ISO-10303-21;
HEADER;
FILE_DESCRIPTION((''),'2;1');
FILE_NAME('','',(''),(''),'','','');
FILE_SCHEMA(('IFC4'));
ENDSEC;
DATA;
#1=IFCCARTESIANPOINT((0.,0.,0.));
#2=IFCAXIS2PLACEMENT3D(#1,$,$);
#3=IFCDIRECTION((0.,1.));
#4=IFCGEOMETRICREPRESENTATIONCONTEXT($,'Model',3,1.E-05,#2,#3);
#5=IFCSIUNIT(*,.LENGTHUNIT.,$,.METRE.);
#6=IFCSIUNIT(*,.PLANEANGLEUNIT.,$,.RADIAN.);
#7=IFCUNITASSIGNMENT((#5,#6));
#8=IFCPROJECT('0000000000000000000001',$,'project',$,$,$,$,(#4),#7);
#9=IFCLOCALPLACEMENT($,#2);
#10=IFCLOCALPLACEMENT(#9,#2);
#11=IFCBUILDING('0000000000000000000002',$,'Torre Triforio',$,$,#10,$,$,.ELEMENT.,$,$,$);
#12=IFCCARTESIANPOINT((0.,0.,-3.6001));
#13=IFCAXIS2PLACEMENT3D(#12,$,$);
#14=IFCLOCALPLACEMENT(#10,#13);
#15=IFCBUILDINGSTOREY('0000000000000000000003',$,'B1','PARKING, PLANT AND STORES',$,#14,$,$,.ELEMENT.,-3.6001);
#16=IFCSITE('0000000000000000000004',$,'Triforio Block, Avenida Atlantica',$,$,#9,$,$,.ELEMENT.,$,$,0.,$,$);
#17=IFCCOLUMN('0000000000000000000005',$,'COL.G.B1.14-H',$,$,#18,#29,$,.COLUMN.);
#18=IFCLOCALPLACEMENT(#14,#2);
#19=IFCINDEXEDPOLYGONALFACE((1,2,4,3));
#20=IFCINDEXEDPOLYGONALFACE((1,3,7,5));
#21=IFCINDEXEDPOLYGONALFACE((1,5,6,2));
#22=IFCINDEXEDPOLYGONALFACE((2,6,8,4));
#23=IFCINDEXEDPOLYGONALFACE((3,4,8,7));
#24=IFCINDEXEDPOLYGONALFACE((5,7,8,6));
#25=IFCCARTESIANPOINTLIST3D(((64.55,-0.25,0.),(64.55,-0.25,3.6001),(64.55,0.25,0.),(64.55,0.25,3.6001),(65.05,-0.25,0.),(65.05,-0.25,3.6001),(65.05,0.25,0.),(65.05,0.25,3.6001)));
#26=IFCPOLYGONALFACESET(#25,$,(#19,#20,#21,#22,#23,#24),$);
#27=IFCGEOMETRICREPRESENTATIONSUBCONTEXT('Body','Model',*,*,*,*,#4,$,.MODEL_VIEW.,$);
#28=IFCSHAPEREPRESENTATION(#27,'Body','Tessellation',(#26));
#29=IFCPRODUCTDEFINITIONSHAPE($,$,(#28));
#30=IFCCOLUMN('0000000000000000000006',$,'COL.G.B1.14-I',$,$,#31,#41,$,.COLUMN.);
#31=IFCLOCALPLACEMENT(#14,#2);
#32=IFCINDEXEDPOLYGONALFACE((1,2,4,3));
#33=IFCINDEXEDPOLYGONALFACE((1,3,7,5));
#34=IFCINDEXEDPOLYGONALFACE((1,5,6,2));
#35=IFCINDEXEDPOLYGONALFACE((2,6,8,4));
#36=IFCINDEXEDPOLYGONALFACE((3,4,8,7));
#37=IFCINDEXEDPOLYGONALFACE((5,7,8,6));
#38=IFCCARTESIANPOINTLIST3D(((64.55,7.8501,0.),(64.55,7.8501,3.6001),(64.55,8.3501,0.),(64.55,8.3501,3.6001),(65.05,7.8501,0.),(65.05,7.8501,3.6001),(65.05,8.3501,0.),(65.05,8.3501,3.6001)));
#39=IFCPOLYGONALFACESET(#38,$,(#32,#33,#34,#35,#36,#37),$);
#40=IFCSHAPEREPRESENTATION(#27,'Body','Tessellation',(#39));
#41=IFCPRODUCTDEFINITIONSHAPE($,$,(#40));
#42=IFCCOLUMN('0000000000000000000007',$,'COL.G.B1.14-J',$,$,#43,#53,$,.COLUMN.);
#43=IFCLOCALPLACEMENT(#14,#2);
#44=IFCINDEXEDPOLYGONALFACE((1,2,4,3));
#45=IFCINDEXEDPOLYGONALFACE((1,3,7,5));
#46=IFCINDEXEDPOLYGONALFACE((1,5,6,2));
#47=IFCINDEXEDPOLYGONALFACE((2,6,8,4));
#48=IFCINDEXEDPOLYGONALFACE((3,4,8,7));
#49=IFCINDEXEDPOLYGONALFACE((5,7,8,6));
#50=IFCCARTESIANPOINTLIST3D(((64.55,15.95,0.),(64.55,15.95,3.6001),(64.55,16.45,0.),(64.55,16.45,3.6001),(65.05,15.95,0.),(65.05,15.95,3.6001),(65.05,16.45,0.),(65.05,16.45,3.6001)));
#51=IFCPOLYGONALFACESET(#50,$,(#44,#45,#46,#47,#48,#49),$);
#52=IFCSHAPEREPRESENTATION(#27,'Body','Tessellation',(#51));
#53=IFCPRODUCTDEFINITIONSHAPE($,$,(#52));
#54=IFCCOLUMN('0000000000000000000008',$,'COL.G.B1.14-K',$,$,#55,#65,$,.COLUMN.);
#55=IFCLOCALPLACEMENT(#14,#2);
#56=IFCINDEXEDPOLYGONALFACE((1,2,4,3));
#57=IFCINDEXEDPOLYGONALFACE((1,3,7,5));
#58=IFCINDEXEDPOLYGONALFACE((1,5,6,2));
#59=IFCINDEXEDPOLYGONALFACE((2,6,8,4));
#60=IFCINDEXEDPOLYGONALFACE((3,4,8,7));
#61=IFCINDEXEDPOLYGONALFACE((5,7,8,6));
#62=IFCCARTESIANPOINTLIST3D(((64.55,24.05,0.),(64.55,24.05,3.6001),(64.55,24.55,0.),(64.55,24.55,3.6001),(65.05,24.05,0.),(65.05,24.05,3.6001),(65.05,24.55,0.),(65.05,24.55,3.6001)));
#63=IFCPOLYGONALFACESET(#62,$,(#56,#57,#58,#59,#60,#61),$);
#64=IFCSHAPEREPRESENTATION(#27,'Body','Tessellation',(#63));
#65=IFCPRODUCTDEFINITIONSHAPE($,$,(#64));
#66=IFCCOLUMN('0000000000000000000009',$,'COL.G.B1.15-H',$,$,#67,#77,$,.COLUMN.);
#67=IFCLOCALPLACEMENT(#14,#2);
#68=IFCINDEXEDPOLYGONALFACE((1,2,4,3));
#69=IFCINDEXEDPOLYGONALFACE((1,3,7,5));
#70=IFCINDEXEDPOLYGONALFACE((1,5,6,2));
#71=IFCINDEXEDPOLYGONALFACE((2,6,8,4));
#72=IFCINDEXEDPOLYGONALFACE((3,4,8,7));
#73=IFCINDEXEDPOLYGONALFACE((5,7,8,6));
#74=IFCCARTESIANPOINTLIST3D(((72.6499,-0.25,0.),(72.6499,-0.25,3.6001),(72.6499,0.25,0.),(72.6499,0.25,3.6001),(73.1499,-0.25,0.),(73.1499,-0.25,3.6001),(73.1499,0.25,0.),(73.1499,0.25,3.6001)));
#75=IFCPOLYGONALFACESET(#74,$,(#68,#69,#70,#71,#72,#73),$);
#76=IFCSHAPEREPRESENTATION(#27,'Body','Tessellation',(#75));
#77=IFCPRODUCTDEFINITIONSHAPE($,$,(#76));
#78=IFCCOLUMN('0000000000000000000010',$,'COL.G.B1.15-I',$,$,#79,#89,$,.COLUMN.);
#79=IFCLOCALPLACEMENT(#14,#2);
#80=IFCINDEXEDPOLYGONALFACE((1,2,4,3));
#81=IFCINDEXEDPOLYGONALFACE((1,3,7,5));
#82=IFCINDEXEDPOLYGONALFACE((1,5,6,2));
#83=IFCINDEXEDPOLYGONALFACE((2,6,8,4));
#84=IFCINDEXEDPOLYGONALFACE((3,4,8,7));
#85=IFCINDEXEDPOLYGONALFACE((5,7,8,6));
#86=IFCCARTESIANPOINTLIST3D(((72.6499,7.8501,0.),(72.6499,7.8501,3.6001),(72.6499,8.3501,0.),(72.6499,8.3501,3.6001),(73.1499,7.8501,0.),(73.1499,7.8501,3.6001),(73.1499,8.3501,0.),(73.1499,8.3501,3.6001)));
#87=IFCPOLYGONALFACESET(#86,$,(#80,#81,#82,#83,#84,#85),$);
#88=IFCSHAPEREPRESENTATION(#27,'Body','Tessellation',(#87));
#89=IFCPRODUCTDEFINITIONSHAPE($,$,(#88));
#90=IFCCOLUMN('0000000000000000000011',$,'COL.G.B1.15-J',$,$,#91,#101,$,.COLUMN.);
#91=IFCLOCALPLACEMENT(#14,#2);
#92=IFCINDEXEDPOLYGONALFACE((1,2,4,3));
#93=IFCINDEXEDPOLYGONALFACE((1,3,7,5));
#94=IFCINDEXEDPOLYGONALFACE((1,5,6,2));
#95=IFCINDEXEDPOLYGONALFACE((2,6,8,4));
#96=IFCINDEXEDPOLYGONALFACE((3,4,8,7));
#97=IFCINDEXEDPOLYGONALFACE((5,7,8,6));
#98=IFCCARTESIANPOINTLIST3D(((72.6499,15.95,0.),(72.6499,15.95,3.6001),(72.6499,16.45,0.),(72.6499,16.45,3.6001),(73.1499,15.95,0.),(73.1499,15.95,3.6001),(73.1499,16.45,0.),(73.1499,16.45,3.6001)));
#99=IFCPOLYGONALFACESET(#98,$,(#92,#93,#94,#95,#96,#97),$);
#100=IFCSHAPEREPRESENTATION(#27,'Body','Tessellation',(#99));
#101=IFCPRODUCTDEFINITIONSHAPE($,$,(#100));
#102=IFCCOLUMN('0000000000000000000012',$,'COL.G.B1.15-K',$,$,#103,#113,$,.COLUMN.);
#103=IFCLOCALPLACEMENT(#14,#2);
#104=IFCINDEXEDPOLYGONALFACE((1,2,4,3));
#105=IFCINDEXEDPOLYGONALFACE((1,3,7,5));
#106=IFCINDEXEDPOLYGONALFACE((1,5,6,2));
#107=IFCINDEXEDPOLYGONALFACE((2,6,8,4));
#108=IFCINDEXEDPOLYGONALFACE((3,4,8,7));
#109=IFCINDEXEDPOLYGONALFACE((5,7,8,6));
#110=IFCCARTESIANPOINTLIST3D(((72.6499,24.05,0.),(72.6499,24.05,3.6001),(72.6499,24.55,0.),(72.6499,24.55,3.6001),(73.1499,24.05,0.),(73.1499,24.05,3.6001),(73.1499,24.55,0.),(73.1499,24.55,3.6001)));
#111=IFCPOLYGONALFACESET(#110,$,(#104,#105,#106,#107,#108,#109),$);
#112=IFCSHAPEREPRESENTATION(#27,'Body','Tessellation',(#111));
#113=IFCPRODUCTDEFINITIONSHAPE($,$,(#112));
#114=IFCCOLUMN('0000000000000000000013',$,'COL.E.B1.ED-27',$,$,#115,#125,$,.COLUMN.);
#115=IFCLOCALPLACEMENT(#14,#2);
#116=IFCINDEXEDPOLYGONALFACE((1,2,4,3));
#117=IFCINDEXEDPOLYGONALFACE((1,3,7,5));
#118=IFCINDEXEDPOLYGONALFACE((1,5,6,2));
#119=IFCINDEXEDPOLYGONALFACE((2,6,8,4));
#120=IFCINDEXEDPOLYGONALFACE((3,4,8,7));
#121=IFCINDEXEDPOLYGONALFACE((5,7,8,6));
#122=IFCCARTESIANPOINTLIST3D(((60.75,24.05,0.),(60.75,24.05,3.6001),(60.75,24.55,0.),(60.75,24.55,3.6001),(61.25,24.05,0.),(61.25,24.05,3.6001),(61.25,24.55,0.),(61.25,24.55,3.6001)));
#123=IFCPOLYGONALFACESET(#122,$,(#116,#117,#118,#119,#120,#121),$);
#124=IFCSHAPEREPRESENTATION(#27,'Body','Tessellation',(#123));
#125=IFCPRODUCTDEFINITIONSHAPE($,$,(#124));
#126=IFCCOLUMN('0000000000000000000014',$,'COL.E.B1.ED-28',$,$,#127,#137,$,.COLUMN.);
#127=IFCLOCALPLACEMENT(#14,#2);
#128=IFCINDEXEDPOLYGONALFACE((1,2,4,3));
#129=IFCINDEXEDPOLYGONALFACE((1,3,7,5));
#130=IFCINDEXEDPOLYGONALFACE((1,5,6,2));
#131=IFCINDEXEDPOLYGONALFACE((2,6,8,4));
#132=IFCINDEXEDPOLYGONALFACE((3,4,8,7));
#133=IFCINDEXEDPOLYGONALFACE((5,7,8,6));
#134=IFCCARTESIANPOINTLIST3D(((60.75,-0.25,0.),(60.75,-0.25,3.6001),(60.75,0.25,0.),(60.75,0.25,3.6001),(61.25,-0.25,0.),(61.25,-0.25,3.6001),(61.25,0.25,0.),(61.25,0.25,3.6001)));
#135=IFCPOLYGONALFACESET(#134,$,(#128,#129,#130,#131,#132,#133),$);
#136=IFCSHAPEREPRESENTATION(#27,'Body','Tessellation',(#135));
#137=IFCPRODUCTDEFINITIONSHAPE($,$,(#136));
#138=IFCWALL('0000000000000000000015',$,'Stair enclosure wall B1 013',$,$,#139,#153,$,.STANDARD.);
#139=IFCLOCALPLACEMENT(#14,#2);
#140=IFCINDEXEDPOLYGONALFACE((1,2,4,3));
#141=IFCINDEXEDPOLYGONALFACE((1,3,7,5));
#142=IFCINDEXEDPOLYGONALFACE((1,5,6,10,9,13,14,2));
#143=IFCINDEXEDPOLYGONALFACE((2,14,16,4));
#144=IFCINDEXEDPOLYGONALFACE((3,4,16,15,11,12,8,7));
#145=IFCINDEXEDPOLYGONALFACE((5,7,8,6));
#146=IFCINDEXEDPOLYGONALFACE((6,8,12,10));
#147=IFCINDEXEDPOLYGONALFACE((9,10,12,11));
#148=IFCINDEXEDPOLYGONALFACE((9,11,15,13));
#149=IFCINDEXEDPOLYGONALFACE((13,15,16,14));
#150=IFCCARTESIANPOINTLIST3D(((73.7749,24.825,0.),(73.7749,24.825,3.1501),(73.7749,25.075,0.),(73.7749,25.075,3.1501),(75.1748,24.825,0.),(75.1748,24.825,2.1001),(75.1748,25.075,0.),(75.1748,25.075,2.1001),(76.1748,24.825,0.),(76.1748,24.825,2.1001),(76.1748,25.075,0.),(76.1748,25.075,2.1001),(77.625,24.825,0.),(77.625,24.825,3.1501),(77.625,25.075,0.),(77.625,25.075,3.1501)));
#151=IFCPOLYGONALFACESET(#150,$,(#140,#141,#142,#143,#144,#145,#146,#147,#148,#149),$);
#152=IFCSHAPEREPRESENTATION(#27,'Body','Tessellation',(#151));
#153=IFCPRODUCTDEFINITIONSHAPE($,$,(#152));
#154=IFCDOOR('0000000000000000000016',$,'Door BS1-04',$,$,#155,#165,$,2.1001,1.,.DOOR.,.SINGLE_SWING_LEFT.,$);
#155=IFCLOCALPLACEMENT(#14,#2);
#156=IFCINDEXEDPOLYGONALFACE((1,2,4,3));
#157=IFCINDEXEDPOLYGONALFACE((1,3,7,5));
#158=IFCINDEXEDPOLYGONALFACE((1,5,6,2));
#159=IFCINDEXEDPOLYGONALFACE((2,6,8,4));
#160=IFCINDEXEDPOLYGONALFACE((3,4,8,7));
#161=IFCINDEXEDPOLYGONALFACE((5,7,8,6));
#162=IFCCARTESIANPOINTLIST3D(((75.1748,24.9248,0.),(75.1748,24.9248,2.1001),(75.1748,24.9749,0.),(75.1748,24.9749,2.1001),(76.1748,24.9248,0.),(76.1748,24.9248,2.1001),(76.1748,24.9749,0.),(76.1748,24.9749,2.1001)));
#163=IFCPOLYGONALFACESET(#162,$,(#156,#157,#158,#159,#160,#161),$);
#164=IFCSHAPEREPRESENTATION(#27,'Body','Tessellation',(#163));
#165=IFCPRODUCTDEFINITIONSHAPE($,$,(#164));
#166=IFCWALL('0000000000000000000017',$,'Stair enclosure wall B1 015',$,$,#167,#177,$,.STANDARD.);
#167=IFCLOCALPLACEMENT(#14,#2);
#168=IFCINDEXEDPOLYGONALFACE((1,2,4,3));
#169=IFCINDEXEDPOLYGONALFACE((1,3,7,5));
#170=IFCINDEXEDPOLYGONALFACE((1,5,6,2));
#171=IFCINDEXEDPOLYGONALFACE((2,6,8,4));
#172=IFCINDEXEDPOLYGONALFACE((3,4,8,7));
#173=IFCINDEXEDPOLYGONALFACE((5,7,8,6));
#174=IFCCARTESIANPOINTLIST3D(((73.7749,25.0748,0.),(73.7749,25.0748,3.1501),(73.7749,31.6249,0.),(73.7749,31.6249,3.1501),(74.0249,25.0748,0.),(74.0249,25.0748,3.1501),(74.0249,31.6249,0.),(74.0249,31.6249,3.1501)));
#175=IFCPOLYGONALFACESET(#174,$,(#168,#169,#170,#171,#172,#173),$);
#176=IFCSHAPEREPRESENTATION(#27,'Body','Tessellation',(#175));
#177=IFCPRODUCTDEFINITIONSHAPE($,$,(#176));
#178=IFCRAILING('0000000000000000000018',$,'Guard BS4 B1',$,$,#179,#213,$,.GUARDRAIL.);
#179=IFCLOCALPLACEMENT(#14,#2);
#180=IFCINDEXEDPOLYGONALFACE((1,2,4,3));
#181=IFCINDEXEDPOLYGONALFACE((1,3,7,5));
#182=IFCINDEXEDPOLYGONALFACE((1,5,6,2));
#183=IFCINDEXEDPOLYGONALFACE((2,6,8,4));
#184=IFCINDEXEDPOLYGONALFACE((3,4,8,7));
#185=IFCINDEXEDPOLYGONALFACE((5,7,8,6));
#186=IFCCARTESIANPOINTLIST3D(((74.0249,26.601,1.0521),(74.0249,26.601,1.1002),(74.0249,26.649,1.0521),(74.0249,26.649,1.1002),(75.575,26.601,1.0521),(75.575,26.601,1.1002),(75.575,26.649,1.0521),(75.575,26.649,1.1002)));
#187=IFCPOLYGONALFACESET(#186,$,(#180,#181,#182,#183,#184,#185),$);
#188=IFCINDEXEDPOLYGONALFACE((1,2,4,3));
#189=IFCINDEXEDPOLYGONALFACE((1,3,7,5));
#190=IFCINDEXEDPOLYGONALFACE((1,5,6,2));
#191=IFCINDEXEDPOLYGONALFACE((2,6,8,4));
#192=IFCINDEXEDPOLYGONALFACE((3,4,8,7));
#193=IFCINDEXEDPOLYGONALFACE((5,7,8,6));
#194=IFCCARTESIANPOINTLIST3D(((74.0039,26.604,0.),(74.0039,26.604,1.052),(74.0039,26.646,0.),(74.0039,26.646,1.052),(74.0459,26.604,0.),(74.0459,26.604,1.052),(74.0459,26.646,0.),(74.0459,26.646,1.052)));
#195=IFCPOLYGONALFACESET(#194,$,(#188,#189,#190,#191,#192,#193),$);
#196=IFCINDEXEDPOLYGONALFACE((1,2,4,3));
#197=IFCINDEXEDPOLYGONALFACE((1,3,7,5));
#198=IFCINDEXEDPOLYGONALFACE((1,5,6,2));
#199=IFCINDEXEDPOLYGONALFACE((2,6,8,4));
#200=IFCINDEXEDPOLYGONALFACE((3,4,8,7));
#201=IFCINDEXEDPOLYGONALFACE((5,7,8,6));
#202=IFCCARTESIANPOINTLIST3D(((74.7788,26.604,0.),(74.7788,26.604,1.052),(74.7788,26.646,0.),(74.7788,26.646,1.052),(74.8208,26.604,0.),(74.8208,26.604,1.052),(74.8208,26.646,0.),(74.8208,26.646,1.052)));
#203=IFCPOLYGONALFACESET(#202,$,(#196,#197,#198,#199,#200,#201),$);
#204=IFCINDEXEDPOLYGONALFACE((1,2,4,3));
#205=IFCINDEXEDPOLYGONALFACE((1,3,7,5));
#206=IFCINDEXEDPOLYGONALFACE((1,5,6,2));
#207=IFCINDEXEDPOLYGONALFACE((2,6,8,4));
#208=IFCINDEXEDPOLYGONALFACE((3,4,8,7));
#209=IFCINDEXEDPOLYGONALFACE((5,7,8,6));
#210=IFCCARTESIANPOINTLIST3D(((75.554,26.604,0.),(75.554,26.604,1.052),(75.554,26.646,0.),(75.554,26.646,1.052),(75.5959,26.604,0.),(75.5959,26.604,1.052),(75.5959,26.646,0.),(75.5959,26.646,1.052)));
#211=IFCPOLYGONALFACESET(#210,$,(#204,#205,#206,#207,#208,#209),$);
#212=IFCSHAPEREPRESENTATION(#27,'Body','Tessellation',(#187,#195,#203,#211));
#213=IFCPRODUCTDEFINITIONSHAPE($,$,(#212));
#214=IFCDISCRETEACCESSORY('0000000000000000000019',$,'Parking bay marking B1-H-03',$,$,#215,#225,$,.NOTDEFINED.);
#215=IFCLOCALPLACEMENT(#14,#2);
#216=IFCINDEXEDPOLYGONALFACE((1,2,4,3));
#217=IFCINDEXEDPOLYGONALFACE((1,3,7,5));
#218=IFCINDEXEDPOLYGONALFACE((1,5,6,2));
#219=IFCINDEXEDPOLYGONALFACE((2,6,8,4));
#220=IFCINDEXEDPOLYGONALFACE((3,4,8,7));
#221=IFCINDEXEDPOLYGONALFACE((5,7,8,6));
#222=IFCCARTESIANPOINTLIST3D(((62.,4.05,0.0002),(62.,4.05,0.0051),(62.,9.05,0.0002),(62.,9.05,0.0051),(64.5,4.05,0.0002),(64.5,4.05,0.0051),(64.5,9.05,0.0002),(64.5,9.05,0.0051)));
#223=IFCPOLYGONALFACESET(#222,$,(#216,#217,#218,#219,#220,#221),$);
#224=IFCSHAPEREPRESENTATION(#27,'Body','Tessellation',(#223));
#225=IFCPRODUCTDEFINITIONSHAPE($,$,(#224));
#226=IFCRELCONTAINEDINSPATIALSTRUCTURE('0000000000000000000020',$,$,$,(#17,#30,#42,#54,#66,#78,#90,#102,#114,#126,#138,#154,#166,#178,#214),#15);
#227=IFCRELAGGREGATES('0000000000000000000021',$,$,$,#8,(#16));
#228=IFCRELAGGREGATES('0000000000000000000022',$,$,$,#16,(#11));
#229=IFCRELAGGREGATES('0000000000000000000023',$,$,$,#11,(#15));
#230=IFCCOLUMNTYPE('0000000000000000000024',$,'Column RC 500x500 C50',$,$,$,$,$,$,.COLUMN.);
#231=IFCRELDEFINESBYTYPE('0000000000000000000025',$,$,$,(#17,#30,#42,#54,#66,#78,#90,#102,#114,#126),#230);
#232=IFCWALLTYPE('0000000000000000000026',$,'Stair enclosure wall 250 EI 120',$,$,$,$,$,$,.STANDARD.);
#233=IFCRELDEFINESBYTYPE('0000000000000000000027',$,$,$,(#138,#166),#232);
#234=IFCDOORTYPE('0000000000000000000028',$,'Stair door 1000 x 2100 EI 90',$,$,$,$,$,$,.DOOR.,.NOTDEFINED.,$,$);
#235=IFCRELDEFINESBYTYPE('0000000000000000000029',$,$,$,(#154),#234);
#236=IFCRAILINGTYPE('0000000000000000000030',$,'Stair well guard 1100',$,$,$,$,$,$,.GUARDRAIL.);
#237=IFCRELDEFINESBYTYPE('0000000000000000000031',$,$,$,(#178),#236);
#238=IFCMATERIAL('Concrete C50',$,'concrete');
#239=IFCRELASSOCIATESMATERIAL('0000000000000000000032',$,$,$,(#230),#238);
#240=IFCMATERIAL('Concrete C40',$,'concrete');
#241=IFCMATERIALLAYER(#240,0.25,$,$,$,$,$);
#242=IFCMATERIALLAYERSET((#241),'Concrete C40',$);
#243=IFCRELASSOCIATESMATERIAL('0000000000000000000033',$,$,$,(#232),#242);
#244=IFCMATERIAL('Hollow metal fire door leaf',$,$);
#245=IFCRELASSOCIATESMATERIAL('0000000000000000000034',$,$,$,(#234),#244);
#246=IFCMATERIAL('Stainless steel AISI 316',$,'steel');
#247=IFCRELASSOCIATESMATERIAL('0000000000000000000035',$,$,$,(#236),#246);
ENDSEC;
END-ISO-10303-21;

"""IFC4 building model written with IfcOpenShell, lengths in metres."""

from ifc_helpers import new_model, si_unit, direction, frame, frame_2d, origin, origin_2d, place, context, subcontext, project, spatial, rectangle, extrude, material, layer, layer_set, material_profile, profile_set, type_object, element, fill, save


model = new_model("IFC4")

# Units and contexts
model_context = context("Model", 3, precision=1e-05, world=origin(), true_north=direction((0.0, 1.0)))
body_context = subcontext(model_context, "Body", "Model", "MODEL_VIEW")
ifc_project = project(units=[si_unit("LENGTHUNIT", "METRE"), si_unit("PLANEANGLEUNIT", "RADIAN")], contexts=[model_context])

# Site, building, storey
site_placement = place(None, origin())
site = spatial("IfcSite", under=ifc_project, at=site_placement, Name="Triforio Block, Avenida Atlantica", CompositionType="ELEMENT", RefElevation=0.0)
building_placement = place(site_placement, origin())
building = spatial("IfcBuilding", under=site, at=building_placement, Name="Torre Triforio", CompositionType="ELEMENT")
storey_placement = place(building_placement, frame((0.0, 0.0, -3.6001)))
storey = spatial("IfcBuildingStorey", under=building, at=storey_placement, Name="B1", Description="PARKING, PLANT AND STORES", CompositionType="ELEMENT", Elevation=-3.6001)

# Columns
ifc_material_1 = material(Name="Concrete C50", Category="concrete")
ifc_material_profile = material_profile(ifc_material_1, rectangle(XDim=0.5, YDim=0.5, at=origin_2d()), Name="RC 500x500")
ifc_profile_set = profile_set([ifc_material_profile], Name="Concrete C50")
column_type = type_object("IfcColumnType", Name="Column RC 500x500 C50", PredefinedType="COLUMN", material=ifc_profile_set)
for number, where, z_axis, x_axis, name in (
    (1, (64.8, 0.0, 0.0), (0.0, 0.0, 1.0), (1.0, 0.0, 0.0), "COL.G.B1.14-H"),
    (2, (64.8, 8.1001, 0.0), (0.0, 0.0, 1.0), (1.0, 0.0, 0.0), "COL.G.B1.14-I"),
    (3, (64.8, 16.2, 0.0), (0.0, 0.0, 1.0), (1.0, 0.0, 0.0), "COL.G.B1.14-J"),
    (4, (64.8, 24.3, 0.0), (0.0, 0.0, 1.0), (1.0, 0.0, 0.0), "COL.G.B1.14-K"),
    (5, (72.8999, 0.0, 0.0), (0.0, 0.0, 1.0), (1.0, 0.0, 0.0), "COL.G.B1.15-H"),
    (6, (72.8999, 8.1001, 0.0), (0.0, 0.0, 1.0), (1.0, 0.0, 0.0), "COL.G.B1.15-I"),
    (7, (72.8999, 16.2, 0.0), (0.0, 0.0, 1.0), (1.0, 0.0, 0.0), "COL.G.B1.15-J"),
    (8, (72.8999, 24.3, 0.0), (0.0, 0.0, 1.0), (1.0, 0.0, 0.0), "COL.G.B1.15-K"),
    (9, (61.0, 24.3, 0.0), (0.0, 0.0, 1.0), (1.0, 0.0, 0.0), "COL.E.B1.ED-27"),
    (10, (61.0, 0.0, 0.0), (0.0, 0.0, 1.0), (1.0, 0.0, 0.0), "COL.E.B1.ED-28"),
):
    element("IfcColumn", number, at=place(storey_placement, frame(where, z_axis=z_axis, x_axis=x_axis)), inside=storey, type_object=column_type, Name=name, PredefinedType="COLUMN", context=body_context, shape_type="SweptSolid", body=[
        extrude(rectangle(XDim=0.5, YDim=0.5, at=origin_2d()), origin(), (0.0, 0.0, 1.0), 3.6001),
    ])

# Wall, opening, door
ifc_material_2 = material(Name="Concrete C40", Category="concrete")
ifc_layer = layer(ifc_material_2, 0.25)
ifc_layer_set = layer_set([ifc_layer], Name="Concrete C40")
wall_type = type_object("IfcWallType", Name="Stair enclosure wall 250 EI 120", PredefinedType="STANDARD", material=ifc_layer_set)
wall_1_placement = place(storey_placement, frame((73.7749, 24.95, 0.0), z_axis=(0.0, 0.0, 1.0), x_axis=(1.0, 0.0, 0.0)))
wall_1 = element("IfcWall", 11, at=wall_1_placement, inside=storey, type_object=wall_type, Name="Stair enclosure wall B1 013", PredefinedType="STANDARD", context=body_context, shape_type="SweptSolid", body=[
    extrude(rectangle(XDim=3.8501, YDim=0.25, at=frame_2d((1.925, 0.0))), origin(), (0.0, 0.0, 1.0), 3.1501),
])
opening_placement = place(wall_1_placement, frame((1.3999, 0.0, 0.0)))
opening = element("IfcOpeningElement", 12, at=opening_placement, cuts=wall_1, PredefinedType="OPENING", context=body_context, shape_type="SweptSolid", body=[
    extrude(rectangle(XDim=1.0, YDim=2.1001, at=frame_2d((0.5, 1.05))), frame((0.0, 0.135, 0.0), z_axis=(0.0, -1.0, 0.0), x_axis=(1.0, 0.0, 0.0)), (0.0, 0.0, 1.0), 0.27),
])
ifc_material_3 = material(Name="Hollow metal fire door leaf")
door_type = type_object("IfcDoorType", Name="Stair door 1000 x 2100 EI 90", OperationType="NOTDEFINED", PredefinedType="DOOR", material=ifc_material_3)
door_placement = place(opening_placement, origin())
door = element("IfcDoor", 13, at=door_placement, inside=storey, type_object=door_type, Name="Door BS1-04", OperationType="SINGLE_SWING_LEFT", OverallHeight=2.1001, OverallWidth=1.0, PredefinedType="DOOR", context=body_context, shape_type="SweptSolid", body=[
    extrude(rectangle(XDim=1.0, YDim=2.1001, at=frame_2d((0.5, 1.05))), frame((0.0, 0.0249, 0.0), z_axis=(0.0, -1.0, 0.0), x_axis=(1.0, 0.0, 0.0)), (0.0, 0.0, 1.0), 0.05),
])
fill(opening, door)

# Wall
wall_2_placement = place(storey_placement, frame((73.8999, 25.075, 0.0), z_axis=(0.0, 0.0, 1.0), x_axis=(0.0, 1.0, 0.0)))
element("IfcWall", 14, at=wall_2_placement, inside=storey, type_object=wall_type, Name="Stair enclosure wall B1 015", PredefinedType="STANDARD", context=body_context, shape_type="SweptSolid", body=[
    extrude(rectangle(XDim=6.55, YDim=0.25, at=frame_2d((3.2749, 0.0))), origin(), (0.0, 0.0, 1.0), 3.1501),
])

# Railing
ifc_material_4 = material(Name="Stainless steel AISI 316", Category="steel")
railing_type = type_object("IfcRailingType", Name="Stair well guard 1100", PredefinedType="GUARDRAIL", material=ifc_material_4)
railing_placement = place(storey_placement, frame((74.0249, 26.625, 0.0)))
element("IfcRailing", 15, at=railing_placement, inside=storey, type_object=railing_type, Name="Guard BS4 B1", PredefinedType="GUARDRAIL", context=body_context, shape_type="SweptSolid", body=[
    extrude(rectangle(XDim=0.0481, YDim=0.0481, at=origin_2d()), frame((0.0, 0.0, 1.0762), z_axis=(1.0, 0.0, 0.0), x_axis=(0.0, 1.0, 0.0)), (0.0, 0.0, 1.0), 1.55),
    extrude(rectangle(XDim=0.042, YDim=0.042, at=origin_2d()), origin(), (0.0, 0.0, 1.0), 1.052),
    extrude(rectangle(XDim=0.042, YDim=0.042, at=origin_2d()), frame((0.7749, 0.0, 0.0)), (0.0, 0.0, 1.0), 1.052),
    extrude(rectangle(XDim=0.042, YDim=0.042, at=origin_2d()), frame((1.55, 0.0, 0.0)), (0.0, 0.0, 1.0), 1.052),
])

# Discrete accessory
for number, where, z_axis, x_axis, name in (
    (16, (63.25, 6.55, 0.0002), (0.0, 0.0, 1.0), (1.0, 0.0, 0.0), "Parking bay marking B1-H-03"),
):
    element("IfcDiscreteAccessory", number, at=place(storey_placement, frame(where, z_axis=z_axis, x_axis=x_axis)), inside=storey, Name=name, PredefinedType="NOTDEFINED", context=body_context, shape_type="SweptSolid", body=[
        extrude(rectangle(XDim=2.5, YDim=5.0, at=origin_2d()), origin(), (0.0, 0.0, 1.0), 0.0049),
    ])

save(model, "model.ifc")
